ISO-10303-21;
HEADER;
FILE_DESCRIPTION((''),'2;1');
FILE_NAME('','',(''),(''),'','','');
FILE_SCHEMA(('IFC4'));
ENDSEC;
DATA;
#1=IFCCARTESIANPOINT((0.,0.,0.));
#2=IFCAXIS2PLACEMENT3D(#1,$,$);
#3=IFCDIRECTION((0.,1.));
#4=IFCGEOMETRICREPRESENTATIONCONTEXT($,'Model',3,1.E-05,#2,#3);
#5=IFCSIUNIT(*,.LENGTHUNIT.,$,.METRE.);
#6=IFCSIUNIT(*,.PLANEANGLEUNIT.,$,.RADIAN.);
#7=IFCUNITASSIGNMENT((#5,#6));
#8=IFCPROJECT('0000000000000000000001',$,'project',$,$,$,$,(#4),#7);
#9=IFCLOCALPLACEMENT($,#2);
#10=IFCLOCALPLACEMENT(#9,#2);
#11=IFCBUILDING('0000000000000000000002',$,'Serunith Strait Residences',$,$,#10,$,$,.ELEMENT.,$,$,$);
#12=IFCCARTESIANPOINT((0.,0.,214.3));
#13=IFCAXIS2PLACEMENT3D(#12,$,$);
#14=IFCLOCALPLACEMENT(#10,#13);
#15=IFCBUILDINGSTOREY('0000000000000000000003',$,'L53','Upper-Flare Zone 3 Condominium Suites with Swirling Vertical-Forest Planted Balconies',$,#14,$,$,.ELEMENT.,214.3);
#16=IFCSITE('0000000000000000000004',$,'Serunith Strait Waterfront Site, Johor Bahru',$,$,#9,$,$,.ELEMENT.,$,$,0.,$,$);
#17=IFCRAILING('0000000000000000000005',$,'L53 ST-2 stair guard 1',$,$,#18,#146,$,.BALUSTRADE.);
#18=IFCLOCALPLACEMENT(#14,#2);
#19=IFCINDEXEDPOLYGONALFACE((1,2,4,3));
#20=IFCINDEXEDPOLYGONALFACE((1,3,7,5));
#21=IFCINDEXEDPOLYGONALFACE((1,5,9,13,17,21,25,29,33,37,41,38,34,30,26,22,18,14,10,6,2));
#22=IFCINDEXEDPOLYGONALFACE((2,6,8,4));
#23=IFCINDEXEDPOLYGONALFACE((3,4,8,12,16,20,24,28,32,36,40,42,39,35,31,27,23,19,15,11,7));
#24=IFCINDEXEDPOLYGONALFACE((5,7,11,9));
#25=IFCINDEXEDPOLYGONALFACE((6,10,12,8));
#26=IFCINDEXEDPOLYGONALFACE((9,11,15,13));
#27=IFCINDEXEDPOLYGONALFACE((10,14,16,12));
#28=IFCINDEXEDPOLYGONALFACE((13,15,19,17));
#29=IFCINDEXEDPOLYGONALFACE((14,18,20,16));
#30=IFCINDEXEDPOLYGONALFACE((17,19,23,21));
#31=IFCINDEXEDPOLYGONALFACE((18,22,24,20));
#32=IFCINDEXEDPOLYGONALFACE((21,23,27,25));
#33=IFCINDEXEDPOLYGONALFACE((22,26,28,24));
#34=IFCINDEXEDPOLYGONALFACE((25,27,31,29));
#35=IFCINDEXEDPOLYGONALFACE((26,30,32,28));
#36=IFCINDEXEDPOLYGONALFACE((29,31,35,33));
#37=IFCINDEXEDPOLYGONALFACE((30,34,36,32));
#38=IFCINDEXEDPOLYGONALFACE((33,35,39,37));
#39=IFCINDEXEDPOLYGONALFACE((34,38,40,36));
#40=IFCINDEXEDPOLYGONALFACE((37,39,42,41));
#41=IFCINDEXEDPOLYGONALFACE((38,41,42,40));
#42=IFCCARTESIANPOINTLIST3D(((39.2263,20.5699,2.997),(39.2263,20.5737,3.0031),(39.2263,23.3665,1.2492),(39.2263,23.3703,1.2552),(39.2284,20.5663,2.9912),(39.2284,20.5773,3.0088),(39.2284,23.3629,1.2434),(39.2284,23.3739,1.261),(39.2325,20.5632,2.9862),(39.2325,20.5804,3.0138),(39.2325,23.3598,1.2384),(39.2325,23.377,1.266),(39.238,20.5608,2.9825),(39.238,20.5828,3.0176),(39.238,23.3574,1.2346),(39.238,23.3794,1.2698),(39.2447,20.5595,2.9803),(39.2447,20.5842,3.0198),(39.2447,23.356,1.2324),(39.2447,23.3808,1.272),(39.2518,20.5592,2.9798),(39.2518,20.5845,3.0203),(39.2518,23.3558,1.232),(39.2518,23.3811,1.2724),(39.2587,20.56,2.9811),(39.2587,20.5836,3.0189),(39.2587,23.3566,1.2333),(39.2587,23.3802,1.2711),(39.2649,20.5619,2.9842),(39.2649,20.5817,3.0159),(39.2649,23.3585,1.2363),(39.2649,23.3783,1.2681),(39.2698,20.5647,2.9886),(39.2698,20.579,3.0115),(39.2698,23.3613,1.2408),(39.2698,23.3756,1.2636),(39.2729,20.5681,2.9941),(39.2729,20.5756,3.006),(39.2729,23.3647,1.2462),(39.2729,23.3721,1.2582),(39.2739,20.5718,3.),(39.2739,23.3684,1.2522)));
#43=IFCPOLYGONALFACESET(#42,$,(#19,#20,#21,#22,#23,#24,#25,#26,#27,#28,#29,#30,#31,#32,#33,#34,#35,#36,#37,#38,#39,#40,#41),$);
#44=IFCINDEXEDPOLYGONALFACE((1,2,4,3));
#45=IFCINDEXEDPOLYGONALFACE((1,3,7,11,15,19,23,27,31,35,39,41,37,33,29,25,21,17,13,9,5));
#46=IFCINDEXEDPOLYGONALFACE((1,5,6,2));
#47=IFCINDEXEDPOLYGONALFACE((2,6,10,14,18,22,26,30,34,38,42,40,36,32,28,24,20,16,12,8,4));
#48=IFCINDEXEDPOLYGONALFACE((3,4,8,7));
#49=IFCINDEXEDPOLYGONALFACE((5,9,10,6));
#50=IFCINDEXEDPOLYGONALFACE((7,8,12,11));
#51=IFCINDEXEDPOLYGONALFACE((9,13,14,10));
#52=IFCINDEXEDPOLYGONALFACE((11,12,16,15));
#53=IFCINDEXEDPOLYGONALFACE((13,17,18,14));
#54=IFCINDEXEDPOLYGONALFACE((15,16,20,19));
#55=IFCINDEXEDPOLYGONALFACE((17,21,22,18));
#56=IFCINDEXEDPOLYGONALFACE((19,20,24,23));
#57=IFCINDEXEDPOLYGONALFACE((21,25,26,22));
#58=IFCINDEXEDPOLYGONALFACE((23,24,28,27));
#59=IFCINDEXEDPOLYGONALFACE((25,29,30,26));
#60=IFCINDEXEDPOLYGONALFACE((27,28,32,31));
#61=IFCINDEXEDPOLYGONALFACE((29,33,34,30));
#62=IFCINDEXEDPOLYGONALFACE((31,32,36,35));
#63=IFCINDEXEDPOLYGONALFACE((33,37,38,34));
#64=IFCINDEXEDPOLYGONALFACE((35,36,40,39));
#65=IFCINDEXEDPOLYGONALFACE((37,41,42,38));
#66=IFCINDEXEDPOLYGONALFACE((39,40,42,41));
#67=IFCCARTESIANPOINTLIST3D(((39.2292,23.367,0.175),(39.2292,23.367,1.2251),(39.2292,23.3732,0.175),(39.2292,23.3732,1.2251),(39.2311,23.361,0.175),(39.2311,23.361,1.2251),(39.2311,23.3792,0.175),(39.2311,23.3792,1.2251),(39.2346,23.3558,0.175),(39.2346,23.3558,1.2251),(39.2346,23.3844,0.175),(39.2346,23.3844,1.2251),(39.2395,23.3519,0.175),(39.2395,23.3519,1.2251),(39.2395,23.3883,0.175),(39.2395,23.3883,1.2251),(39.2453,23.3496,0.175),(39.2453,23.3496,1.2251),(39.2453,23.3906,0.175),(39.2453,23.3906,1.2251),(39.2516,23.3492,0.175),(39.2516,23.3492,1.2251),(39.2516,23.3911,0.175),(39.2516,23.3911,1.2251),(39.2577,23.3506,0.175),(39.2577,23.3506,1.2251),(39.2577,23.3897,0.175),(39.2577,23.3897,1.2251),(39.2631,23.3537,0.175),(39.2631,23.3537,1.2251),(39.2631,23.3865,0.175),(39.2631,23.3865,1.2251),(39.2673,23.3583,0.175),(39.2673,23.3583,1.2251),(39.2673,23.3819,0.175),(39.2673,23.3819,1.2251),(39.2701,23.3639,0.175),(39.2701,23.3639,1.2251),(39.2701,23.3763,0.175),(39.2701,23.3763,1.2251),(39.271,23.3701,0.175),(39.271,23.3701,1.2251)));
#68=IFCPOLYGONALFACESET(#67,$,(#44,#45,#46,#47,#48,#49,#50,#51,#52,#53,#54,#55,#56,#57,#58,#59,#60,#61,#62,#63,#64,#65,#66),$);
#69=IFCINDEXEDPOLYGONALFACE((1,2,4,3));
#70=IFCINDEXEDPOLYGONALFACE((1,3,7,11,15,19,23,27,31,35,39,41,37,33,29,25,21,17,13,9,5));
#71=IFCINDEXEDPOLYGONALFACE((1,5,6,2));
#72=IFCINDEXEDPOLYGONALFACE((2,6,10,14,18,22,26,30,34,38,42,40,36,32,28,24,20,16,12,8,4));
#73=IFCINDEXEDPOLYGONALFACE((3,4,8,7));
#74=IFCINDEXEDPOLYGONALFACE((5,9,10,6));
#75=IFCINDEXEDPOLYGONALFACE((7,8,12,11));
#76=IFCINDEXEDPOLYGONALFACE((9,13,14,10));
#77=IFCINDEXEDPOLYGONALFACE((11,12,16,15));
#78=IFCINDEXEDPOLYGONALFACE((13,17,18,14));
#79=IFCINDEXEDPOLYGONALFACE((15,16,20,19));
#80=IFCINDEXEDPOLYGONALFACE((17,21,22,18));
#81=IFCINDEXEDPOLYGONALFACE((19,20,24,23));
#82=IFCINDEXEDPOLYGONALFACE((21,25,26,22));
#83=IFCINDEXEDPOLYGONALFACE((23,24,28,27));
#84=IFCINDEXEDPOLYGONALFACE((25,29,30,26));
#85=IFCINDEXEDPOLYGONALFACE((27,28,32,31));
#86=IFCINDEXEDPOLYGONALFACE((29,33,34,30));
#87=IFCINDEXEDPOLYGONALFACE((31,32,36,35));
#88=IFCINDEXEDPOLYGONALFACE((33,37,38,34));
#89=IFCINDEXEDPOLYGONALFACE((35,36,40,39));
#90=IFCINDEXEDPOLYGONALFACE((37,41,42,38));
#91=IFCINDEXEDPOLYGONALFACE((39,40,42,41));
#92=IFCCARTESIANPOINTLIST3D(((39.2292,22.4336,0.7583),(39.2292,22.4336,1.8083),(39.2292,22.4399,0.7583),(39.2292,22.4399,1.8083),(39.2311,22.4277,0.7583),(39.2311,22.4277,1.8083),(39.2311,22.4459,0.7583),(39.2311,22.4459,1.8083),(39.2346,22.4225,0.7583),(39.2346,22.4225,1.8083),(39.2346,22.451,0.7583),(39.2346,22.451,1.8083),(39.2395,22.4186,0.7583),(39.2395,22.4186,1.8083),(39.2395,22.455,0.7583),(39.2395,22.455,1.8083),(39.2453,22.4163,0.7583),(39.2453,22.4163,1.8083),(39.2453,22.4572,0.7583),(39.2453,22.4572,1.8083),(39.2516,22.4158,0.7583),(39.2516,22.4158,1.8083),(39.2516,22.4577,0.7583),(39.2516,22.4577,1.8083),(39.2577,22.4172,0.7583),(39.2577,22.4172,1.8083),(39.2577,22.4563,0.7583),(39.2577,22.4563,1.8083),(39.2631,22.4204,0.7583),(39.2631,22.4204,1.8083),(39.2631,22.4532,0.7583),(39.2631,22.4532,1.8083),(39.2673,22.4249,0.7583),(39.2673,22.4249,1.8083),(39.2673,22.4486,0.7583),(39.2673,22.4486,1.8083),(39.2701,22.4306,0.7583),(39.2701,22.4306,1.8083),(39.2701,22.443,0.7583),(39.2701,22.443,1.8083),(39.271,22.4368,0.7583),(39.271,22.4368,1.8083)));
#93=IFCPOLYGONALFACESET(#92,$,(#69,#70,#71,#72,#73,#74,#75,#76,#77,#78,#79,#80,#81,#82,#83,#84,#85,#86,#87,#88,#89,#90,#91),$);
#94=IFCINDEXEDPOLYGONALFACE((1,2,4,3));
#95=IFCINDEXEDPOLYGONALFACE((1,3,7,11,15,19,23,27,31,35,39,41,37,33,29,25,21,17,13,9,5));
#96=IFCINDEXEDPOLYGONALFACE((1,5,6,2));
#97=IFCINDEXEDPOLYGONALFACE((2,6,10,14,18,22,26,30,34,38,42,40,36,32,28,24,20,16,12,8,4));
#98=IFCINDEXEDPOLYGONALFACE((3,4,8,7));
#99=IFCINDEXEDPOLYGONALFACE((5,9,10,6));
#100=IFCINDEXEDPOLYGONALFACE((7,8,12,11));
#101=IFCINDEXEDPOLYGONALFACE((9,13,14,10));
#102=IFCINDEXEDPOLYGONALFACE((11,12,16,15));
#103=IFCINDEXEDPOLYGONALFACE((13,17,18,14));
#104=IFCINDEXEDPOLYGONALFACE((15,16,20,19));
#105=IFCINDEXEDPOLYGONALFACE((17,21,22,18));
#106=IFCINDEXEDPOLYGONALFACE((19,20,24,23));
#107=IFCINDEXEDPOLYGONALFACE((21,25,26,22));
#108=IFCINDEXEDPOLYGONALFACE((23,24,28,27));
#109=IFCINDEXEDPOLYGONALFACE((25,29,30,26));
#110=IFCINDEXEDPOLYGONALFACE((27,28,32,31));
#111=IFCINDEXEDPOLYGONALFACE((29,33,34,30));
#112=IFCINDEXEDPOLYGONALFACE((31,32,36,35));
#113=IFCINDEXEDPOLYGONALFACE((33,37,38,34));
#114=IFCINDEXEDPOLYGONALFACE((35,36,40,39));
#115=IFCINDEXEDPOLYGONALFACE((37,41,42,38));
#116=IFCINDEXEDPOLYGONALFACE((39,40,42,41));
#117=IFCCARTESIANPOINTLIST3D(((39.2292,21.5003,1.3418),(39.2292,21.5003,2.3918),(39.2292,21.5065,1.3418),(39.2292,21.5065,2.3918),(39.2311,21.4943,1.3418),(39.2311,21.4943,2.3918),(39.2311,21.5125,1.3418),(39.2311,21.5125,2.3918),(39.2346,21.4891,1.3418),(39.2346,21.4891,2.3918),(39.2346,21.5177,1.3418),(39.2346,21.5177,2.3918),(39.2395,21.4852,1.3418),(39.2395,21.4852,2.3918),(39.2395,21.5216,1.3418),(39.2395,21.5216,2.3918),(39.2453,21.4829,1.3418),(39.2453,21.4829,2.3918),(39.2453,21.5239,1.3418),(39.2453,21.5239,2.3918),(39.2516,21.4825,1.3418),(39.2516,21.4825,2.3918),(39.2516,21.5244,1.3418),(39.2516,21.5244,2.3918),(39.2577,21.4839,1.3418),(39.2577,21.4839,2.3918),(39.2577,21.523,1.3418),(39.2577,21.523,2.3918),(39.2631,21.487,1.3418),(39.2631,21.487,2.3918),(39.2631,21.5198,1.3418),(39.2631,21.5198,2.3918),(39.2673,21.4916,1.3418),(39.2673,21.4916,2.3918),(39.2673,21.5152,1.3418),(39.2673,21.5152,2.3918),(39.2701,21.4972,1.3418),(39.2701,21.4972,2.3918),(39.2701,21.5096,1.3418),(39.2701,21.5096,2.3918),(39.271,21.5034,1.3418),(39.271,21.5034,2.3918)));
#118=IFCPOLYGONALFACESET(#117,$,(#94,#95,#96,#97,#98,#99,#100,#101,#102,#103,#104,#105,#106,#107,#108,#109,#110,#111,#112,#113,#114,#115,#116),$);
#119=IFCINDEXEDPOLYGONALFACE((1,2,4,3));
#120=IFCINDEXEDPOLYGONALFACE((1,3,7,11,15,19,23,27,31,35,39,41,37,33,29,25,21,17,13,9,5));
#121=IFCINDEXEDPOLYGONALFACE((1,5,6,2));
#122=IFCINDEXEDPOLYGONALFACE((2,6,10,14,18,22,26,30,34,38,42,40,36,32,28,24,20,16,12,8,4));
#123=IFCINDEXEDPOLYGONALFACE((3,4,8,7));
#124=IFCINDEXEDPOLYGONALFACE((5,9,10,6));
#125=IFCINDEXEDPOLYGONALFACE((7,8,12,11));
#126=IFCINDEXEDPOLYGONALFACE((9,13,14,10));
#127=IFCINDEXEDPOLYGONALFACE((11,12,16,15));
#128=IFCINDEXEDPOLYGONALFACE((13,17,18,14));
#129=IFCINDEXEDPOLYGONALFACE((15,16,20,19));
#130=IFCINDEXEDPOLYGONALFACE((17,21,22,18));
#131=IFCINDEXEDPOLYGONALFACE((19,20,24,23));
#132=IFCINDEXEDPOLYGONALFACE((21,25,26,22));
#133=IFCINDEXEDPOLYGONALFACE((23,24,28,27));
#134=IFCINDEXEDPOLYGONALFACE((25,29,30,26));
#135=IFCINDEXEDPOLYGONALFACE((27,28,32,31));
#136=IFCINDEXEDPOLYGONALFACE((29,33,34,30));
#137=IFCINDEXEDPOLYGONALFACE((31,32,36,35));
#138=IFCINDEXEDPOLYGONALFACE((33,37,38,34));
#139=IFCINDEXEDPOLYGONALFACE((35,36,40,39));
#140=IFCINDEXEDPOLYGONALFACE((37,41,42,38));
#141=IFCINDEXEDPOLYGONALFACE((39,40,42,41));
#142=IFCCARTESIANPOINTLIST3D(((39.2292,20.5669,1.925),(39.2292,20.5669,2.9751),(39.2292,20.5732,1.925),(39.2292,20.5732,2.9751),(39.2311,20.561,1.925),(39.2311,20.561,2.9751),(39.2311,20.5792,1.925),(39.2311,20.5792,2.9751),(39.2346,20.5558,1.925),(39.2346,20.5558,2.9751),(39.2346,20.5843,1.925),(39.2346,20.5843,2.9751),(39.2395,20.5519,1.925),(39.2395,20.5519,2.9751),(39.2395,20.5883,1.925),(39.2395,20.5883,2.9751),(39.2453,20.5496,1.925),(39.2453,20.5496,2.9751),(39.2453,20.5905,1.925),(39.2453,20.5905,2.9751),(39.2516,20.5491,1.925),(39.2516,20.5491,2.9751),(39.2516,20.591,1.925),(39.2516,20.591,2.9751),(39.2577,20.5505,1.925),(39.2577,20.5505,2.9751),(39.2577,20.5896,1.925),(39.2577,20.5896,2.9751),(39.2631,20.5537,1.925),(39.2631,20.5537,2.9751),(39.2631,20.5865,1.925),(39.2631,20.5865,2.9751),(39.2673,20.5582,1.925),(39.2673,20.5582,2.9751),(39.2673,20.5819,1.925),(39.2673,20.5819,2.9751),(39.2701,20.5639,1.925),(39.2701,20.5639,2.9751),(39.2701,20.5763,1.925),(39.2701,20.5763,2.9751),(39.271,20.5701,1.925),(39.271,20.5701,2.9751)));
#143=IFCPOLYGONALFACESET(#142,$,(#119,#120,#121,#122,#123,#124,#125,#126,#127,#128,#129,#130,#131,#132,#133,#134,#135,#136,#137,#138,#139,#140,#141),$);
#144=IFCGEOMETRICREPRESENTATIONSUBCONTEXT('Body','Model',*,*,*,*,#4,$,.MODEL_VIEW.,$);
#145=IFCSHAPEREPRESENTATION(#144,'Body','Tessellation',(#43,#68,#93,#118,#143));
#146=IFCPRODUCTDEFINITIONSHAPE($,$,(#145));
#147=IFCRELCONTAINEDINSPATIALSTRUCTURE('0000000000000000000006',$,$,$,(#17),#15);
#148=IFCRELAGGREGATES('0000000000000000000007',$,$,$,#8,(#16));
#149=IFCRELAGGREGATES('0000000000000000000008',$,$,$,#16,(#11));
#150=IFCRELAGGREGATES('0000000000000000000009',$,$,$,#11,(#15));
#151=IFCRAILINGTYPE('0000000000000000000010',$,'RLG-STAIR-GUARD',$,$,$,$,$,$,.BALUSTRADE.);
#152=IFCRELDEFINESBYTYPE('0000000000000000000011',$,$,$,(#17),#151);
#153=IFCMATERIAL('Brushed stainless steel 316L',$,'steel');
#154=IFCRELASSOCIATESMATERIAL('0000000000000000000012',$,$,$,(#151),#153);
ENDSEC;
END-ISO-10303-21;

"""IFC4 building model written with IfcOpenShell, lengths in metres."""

from ifc_helpers import new_model, si_unit, direction, frame, origin, origin_2d, place, context, subcontext, project, spatial, circle, extrude, material, type_object, element, save


model = new_model("IFC4")

# Units and contexts
model_context = context("Model", 3, precision=1e-05, world=origin(), true_north=direction((0.0, 1.0)))
body_context = subcontext(model_context, "Body", "Model", "MODEL_VIEW")
ifc_project = project(units=[si_unit("LENGTHUNIT", "METRE"), si_unit("PLANEANGLEUNIT", "RADIAN")], contexts=[model_context])

# Site, building, storey
site_placement = place(None, origin())
site = spatial("IfcSite", under=ifc_project, at=site_placement, Name="Serunith Strait Waterfront Site, Johor Bahru", CompositionType="ELEMENT", RefElevation=0.0)
building_placement = place(site_placement, origin())
building = spatial("IfcBuilding", under=site, at=building_placement, Name="Serunith Strait Residences", CompositionType="ELEMENT")
storey_placement = place(building_placement, frame((0.0, 0.0, 214.3)))
storey = spatial("IfcBuildingStorey", under=building, at=storey_placement, Name="L53", Description="Upper-Flare Zone 3 Condominium Suites with Swirling Vertical-Forest Planted Balconies", CompositionType="ELEMENT", Elevation=214.3)

# Railing
ifc_material_1 = material(Name="Brushed stainless steel 316L", Category="steel")
railing_type = type_object("IfcRailingType", Name="RLG-STAIR-GUARD", PredefinedType="BALUSTRADE", material=ifc_material_1)
railing_1_placement = place(storey_placement, frame((39.25, 23.3701, 0.175)))
element("IfcRailing", 1, at=railing_1_placement, inside=storey, type_object=railing_type, Name="L53 ST-2 stair guard 1", PredefinedType="BALUSTRADE", context=body_context, shape_type="SweptSolid", body=[
    extrude(circle(Radius=0.0239, at=origin_2d()), frame((0.0, -0.0017, 1.0771), z_axis=(0.0, -0.848002, 0.529992), x_axis=(1.0, 0.0, 0.0)), (0.0, 0.0, 1.0), 3.2979),
    extrude(circle(Radius=0.021, at=origin_2d()), origin(), (0.0, 0.0, 1.0), 1.05),
    extrude(circle(Radius=0.021, at=origin_2d()), frame((0.0, -0.9333, 0.5833)), (0.0, 0.0, 1.0), 1.05),
    extrude(circle(Radius=0.021, at=origin_2d()), frame((0.0, -1.8667, 1.1667)), (0.0, 0.0, 1.0), 1.05),
    extrude(circle(Radius=0.021, at=origin_2d()), frame((0.0, -2.8, 1.75)), (0.0, 0.0, 1.0), 1.05),
])

save(model, "model.ifc")
